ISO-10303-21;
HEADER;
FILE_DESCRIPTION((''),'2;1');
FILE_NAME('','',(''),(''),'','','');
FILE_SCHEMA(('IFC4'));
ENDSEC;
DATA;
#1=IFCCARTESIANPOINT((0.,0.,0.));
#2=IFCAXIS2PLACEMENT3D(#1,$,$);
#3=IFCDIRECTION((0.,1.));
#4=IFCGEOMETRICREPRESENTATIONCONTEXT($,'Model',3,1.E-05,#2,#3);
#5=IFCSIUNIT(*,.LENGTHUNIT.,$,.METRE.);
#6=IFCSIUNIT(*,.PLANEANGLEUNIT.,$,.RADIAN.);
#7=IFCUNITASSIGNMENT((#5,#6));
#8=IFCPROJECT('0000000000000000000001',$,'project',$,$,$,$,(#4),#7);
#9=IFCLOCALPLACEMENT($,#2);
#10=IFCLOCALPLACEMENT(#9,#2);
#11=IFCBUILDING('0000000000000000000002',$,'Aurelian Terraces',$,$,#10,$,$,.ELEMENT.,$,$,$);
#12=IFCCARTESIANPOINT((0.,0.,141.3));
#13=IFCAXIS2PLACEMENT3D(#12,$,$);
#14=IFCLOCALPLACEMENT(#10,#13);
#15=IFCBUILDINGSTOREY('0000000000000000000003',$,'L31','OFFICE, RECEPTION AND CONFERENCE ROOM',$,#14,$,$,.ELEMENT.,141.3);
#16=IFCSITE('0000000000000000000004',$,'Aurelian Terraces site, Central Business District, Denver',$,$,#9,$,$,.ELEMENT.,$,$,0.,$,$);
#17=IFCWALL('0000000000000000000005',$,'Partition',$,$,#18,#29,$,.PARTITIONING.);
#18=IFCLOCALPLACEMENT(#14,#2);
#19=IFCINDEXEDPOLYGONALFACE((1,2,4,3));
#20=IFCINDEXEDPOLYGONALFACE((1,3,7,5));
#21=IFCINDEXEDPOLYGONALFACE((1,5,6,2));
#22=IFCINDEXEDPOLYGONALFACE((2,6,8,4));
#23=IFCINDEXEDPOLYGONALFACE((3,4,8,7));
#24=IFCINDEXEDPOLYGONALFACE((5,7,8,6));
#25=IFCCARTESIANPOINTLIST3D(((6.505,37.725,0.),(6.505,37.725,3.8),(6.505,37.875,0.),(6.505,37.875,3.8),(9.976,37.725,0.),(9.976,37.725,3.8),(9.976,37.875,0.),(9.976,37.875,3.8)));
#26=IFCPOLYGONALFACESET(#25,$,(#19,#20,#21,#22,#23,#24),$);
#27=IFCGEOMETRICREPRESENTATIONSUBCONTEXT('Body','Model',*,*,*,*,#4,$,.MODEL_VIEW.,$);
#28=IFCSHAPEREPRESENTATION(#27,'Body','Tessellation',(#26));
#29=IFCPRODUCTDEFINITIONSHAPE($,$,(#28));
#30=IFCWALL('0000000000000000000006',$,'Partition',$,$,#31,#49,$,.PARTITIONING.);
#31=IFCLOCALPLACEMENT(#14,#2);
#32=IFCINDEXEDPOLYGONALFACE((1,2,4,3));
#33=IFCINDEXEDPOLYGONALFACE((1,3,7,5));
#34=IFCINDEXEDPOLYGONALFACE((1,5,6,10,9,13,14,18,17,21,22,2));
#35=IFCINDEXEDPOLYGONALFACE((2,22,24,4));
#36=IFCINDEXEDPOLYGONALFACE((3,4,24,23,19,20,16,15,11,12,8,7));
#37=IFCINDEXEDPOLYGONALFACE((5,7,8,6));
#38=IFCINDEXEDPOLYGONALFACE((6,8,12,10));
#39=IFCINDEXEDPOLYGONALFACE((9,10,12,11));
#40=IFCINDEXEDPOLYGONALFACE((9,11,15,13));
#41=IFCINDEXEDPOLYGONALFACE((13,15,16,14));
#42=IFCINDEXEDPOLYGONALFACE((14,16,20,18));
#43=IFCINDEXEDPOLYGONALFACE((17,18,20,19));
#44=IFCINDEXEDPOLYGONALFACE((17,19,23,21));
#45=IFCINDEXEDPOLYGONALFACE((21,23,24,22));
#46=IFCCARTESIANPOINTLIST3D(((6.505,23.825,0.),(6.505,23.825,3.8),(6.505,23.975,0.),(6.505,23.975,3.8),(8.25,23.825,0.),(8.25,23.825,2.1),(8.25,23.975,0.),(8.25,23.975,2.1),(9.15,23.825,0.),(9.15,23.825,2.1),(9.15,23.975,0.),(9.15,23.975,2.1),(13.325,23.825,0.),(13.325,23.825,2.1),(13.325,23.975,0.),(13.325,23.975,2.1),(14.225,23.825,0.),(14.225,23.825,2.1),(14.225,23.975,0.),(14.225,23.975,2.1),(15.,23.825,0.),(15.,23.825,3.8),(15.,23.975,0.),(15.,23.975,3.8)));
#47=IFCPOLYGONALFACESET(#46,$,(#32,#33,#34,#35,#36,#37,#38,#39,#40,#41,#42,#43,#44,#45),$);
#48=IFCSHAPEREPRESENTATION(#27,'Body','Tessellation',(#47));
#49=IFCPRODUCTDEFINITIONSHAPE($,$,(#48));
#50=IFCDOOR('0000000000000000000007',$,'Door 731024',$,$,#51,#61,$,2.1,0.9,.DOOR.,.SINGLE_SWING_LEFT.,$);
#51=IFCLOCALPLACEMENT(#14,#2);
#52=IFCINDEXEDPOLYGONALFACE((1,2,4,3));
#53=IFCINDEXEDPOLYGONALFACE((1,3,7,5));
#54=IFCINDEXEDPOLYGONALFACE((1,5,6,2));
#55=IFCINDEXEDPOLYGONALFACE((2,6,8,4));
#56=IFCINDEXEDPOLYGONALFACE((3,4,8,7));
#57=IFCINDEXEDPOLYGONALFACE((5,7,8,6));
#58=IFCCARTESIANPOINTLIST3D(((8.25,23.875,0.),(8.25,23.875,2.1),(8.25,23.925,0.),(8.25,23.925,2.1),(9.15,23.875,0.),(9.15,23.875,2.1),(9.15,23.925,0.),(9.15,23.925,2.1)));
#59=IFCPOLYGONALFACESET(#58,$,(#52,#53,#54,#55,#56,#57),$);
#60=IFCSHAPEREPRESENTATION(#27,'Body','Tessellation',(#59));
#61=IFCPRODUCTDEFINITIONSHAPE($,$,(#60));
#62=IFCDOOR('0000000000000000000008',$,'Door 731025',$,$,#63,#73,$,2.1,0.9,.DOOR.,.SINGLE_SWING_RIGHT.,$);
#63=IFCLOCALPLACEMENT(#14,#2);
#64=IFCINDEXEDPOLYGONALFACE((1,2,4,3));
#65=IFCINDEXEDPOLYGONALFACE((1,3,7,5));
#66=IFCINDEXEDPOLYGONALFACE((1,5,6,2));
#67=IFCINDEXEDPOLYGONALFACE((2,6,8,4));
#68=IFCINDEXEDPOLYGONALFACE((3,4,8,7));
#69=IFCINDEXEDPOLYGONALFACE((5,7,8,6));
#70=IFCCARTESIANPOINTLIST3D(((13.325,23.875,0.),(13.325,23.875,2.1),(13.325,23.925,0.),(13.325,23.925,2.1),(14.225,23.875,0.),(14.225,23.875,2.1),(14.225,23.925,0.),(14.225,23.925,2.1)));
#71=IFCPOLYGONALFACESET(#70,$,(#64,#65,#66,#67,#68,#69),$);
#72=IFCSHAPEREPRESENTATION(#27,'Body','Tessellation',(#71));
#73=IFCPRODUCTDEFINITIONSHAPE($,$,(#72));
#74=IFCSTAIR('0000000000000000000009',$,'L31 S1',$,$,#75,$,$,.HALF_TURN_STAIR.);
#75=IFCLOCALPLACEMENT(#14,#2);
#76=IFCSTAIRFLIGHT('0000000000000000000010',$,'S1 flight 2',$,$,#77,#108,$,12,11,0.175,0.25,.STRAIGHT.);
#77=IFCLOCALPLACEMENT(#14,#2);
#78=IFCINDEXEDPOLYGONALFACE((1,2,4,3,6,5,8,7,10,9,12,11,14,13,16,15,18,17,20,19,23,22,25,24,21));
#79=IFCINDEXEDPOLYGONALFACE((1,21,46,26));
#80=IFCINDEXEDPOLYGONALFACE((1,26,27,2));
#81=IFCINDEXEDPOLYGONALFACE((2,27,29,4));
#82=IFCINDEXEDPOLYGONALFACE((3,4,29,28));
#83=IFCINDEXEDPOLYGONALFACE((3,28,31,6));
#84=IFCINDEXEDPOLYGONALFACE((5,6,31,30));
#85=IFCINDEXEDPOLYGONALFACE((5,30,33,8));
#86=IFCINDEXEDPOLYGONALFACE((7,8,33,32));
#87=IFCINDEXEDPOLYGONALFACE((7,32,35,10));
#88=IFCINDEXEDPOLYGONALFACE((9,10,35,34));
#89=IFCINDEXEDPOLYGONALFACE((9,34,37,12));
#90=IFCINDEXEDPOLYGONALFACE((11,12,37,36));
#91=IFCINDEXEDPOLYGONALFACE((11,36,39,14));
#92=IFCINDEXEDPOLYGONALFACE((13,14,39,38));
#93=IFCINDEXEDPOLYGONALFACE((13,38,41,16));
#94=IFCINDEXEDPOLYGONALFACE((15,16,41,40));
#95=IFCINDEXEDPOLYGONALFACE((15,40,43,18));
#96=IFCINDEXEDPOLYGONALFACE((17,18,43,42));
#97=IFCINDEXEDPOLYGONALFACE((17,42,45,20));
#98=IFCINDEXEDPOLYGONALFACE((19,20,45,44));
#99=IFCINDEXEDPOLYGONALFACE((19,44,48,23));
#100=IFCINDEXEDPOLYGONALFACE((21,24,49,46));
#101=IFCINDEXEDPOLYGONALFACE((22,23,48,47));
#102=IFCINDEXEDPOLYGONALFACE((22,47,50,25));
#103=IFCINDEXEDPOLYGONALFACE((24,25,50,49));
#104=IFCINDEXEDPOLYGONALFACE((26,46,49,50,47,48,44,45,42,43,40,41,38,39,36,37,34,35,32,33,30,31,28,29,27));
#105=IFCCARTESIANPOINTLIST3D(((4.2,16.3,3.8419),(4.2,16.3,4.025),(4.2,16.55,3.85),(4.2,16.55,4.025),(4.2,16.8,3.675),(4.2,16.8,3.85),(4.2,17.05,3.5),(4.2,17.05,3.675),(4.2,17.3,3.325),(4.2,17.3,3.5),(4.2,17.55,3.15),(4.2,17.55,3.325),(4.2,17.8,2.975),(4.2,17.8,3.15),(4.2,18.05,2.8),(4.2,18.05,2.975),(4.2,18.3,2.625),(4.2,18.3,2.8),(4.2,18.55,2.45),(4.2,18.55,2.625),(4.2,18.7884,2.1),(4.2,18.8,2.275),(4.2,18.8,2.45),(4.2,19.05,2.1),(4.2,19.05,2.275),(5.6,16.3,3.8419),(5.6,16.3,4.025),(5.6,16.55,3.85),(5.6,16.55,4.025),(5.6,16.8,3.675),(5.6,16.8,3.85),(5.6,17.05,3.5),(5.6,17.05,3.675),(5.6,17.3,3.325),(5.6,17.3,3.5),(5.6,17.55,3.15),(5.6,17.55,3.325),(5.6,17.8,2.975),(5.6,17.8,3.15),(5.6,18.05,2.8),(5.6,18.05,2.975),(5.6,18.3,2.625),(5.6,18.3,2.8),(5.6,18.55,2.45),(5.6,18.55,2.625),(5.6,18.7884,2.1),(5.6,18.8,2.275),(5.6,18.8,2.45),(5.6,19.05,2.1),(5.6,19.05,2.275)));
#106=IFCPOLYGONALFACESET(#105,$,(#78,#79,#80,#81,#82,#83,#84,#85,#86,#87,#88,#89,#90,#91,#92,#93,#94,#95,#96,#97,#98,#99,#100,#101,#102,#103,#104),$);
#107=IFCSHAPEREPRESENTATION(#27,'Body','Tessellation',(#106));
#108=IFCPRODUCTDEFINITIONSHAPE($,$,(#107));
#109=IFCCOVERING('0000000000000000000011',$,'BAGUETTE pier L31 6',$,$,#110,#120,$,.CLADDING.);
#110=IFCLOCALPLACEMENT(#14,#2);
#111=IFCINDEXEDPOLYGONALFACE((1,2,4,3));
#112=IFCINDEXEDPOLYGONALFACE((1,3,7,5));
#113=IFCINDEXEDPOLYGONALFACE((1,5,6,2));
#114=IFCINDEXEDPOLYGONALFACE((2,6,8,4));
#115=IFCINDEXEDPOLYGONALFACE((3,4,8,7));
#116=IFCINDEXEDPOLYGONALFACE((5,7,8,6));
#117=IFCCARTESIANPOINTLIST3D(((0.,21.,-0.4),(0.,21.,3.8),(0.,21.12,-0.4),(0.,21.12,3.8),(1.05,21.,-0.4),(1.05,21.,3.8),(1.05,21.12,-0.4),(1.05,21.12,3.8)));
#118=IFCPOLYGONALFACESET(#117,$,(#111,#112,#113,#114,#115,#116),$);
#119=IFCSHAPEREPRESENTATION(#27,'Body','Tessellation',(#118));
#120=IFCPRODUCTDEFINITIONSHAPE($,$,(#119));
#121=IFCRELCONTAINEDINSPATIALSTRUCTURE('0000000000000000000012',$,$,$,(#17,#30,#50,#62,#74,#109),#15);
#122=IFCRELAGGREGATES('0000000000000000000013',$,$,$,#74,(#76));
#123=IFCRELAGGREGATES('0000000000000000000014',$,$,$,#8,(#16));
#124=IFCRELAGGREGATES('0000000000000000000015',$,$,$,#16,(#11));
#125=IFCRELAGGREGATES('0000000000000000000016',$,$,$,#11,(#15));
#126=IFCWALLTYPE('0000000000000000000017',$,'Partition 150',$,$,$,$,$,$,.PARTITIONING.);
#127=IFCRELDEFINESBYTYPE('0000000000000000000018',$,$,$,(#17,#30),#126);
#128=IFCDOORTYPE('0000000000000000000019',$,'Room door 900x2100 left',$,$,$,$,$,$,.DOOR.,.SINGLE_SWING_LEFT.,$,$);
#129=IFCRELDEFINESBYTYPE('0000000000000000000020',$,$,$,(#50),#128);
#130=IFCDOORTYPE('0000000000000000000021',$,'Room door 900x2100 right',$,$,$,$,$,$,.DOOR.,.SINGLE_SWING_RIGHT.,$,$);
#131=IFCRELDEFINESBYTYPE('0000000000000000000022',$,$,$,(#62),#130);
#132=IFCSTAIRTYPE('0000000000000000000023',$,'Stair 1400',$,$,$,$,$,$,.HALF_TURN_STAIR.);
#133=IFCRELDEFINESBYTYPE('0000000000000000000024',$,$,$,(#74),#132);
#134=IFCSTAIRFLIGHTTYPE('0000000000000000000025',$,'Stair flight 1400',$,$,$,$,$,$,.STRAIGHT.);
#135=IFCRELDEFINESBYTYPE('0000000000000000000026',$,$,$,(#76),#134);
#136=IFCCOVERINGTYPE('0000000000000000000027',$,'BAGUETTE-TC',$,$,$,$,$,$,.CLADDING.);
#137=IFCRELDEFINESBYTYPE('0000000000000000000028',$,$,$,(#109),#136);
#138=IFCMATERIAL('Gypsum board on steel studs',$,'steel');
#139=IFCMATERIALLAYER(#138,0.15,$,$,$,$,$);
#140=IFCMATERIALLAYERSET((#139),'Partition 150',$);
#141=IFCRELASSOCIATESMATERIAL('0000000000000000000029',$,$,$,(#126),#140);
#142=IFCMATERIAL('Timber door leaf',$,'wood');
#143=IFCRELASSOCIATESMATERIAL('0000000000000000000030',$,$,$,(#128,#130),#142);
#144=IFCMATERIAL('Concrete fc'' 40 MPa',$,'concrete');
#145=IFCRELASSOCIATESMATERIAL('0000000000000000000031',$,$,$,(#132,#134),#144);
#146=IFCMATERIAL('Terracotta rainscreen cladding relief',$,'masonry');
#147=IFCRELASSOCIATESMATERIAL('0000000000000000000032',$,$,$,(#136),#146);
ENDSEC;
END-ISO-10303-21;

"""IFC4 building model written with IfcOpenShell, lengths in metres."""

from ifc_helpers import new_model, si_unit, direction, frame, frame_2d, origin, origin_2d, place, context, subcontext, project, spatial, polyline, rectangle, outline, extrude, source, transform, mapped, material, layer, layer_set, type_object, element, fill, aggregate, save


model = new_model("IFC4")

# Units and contexts
model_context = context("Model", 3, precision=1e-05, world=origin(), true_north=direction((0.0, 1.0)))
body_context = subcontext(model_context, "Body", "Model", "MODEL_VIEW")
ifc_project = project(units=[si_unit("LENGTHUNIT", "METRE"), si_unit("PLANEANGLEUNIT", "RADIAN")], contexts=[model_context])

# Site, building, storey
site_placement = place(None, origin())
site = spatial("IfcSite", under=ifc_project, at=site_placement, Name="Aurelian Terraces site, Central Business District, Denver", CompositionType="ELEMENT", RefElevation=0.0)
building_placement = place(site_placement, origin())
building = spatial("IfcBuilding", under=site, at=building_placement, Name="Aurelian Terraces", CompositionType="ELEMENT")
storey_placement = place(building_placement, frame((0.0, 0.0, 141.3)))
storey = spatial("IfcBuildingStorey", under=building, at=storey_placement, Name="L31", Description="OFFICE, RECEPTION AND CONFERENCE ROOM", CompositionType="ELEMENT", Elevation=141.3)

# Shared definitions
ifc_material_1 = material(Name="Concrete fc' 40 MPa", Category="concrete")

# Shared definitions
ifc_material_2 = material(Name="Gypsum board on steel studs", Category="steel")
shared_shape_1 = source(origin(), body_context, "Body", "SweptSolid", [
    extrude(rectangle(XDim=0.9, YDim=2.1, at=frame_2d((0.45, 1.05))), frame((0.0, 0.025, 0.0), z_axis=(0.0, -1.0, 0.0), x_axis=(1.0, 0.0, 0.0)), (0.0, 0.0, 1.0), 0.05),
])

# Wall
ifc_layer_1 = layer(ifc_material_2, 0.15)
ifc_layer_set_1 = layer_set([ifc_layer_1], Name="Partition 150")
wall_type_1 = type_object("IfcWallType", Name="Partition 150", PredefinedType="PARTITIONING", material=ifc_layer_set_1)
shared_shape_2 = source(origin(), body_context, "Body", "SweptSolid", [
    extrude(rectangle(XDim=3.471, YDim=0.15, at=frame_2d((1.7355, 0.0))), origin(), (0.0, 0.0, 1.0), 3.8),
])
for number, where, z_axis, x_axis, name in (
    (1, (9.976, 37.8, 0.0), (0.0, 0.0, 1.0), (-1.0, 0.0, 0.0), "Partition"),
):
    element("IfcWall", number, at=place(storey_placement, frame(where, z_axis=z_axis, x_axis=x_axis)), inside=storey, type_object=wall_type_1, Name=name, PredefinedType="PARTITIONING", context=body_context, shape_type="MappedRepresentation", body=[
        mapped(shared_shape_2, transform((0.0, 0.0, 0.0), scale=1.0)),
    ])

# Wall, openings, doors
shared_shape_3 = source(origin(), body_context, "Body", "SweptSolid", [
    extrude(rectangle(XDim=8.495, YDim=0.15, at=frame_2d((4.2475, 0.0))), origin(), (0.0, 0.0, 1.0), 3.8),
])
wall_1_placement = place(storey_placement, frame((6.505, 23.9, 0.0), z_axis=(0.0, 0.0, 1.0), x_axis=(1.0, 0.0, 0.0)))
wall_1 = element("IfcWall", 2, at=wall_1_placement, inside=storey, type_object=wall_type_1, Name="Partition", PredefinedType="PARTITIONING", context=body_context, shape_type="MappedRepresentation", body=[
    mapped(shared_shape_3, transform((0.0, 0.0, 0.0), scale=1.0)),
])
shared_shape_4 = source(origin(), body_context, "Body", "SweptSolid", [
    extrude(rectangle(XDim=0.9, YDim=2.1, at=frame_2d((0.45, 1.05))), frame((0.0, 0.085, 0.0), z_axis=(0.0, -1.0, 0.0), x_axis=(1.0, 0.0, 0.0)), (0.0, 0.0, 1.0), 0.17),
])
opening_1_placement = place(wall_1_placement, frame((1.745, 0.0, 0.0)))
opening_1 = element("IfcOpeningElement", 3, at=opening_1_placement, cuts=wall_1, PredefinedType="OPENING", context=body_context, shape_type="MappedRepresentation", body=[
    mapped(shared_shape_4, transform((0.0, 0.0, 0.0), scale=1.0)),
])
opening_2_placement = place(wall_1_placement, frame((6.82, 0.0, 0.0)))
opening_2 = element("IfcOpeningElement", 4, at=opening_2_placement, cuts=wall_1, PredefinedType="OPENING", context=body_context, shape_type="MappedRepresentation", body=[
    mapped(shared_shape_4, transform((0.0, 0.0, 0.0), scale=1.0)),
])
ifc_material_3 = material(Name="Timber door leaf", Category="wood")
door_type_1 = type_object("IfcDoorType", Name="Room door 900x2100 left", OperationType="SINGLE_SWING_LEFT", PredefinedType="DOOR", material=ifc_material_3)
door_1_placement = place(opening_1_placement, origin())
door_1 = element("IfcDoor", 5, at=door_1_placement, inside=storey, type_object=door_type_1, Name="Door 731024", OperationType="SINGLE_SWING_LEFT", OverallHeight=2.1, OverallWidth=0.9, PredefinedType="DOOR", context=body_context, shape_type="MappedRepresentation", body=[
    mapped(shared_shape_1, transform((0.0, 0.0, 0.0), scale=1.0)),
])
fill(opening_1, door_1)
door_type_2 = type_object("IfcDoorType", Name="Room door 900x2100 right", OperationType="SINGLE_SWING_RIGHT", PredefinedType="DOOR", material=ifc_material_3)
door_2_placement = place(opening_2_placement, origin())
door_2 = element("IfcDoor", 6, at=door_2_placement, inside=storey, type_object=door_type_2, Name="Door 731025", OperationType="SINGLE_SWING_RIGHT", OverallHeight=2.1, OverallWidth=0.9, PredefinedType="DOOR", context=body_context, shape_type="MappedRepresentation", body=[
    mapped(shared_shape_1, transform((0.0, 0.0, 0.0), scale=1.0)),
])
fill(opening_2, door_2)

# Stair, stair flight
stair_type = type_object("IfcStairType", Name="Stair 1400", PredefinedType="HALF_TURN_STAIR", material=ifc_material_1)
stair_placement = place(storey_placement, origin())
stair = element("IfcStair", 7, at=stair_placement, inside=storey, type_object=stair_type, Name="L31 S1", PredefinedType="HALF_TURN_STAIR")
stair_flight_type = type_object("IfcStairFlightType", Name="Stair flight 1400", PredefinedType="STRAIGHT", material=ifc_material_1)
shared_shape_5 = source(origin(), body_context, "Body", "SweptSolid", [
    extrude(outline(polyline([(0.0, 0.0), (0.0, 0.175), (0.25, 0.175), (0.25, 0.35), (0.5, 0.35), (0.5, 0.525), (0.75, 0.525), (0.75, 0.7), (1.0, 0.7), (1.0, 0.875), (1.25, 0.875), (1.25, 1.05), (1.5, 1.05), (1.5, 1.225), (1.75, 1.225), (1.75, 1.4), (2.0, 1.4), (2.0, 1.575), (2.25, 1.575), (2.25, 1.75), (2.5, 1.75), (2.5, 1.925), (2.75, 1.925), (2.75, 2.1), (2.75, 1.7419), (0.2616, 0.0), (0.0, 0.0)])), frame((0.0, 0.7, 0.0), z_axis=(0.0, -1.0, 0.0), x_axis=(1.0, 0.0, 0.0)), (0.0, 0.0, 1.0), 1.4),
])
stair_flight_placement = place(storey_placement, frame((4.9, 19.05, 2.1), z_axis=(0.0, 0.0, 1.0), x_axis=(0.0, -1.0, 0.0)))
stair_flight = element("IfcStairFlight", 8, at=stair_flight_placement, type_object=stair_flight_type, Name="S1 flight 2", NumberOfRisers=12, NumberOfTreads=11, PredefinedType="STRAIGHT", RiserHeight=0.175, TreadLength=0.25, context=body_context, shape_type="MappedRepresentation", body=[
    mapped(shared_shape_5, transform((0.0, 0.0, 0.0), scale=1.0)),
])
aggregate(stair, [stair_flight])

# Covering
ifc_material_4 = material(Name="Terracotta rainscreen cladding relief", Category="masonry")
covering_type = type_object("IfcCoveringType", Name="BAGUETTE-TC", PredefinedType="CLADDING", material=ifc_material_4)
shared_shape_6 = source(origin(), body_context, "Body", "SweptSolid", [
    extrude(rectangle(XDim=1.05, YDim=0.12, at=origin_2d()), origin(), (0.0, 0.0, 1.0), 4.2),
])
covering_placement = place(storey_placement, frame((0.525, 21.06, -0.4), z_axis=(0.0, 0.0, 1.0), x_axis=(1.0, 0.0, 0.0)))
element("IfcCovering", 9, at=covering_placement, inside=storey, type_object=covering_type, Name="BAGUETTE pier L31 6", PredefinedType="CLADDING", context=body_context, shape_type="MappedRepresentation", body=[
    mapped(shared_shape_6, transform((0.0, 0.0, 0.0), scale=1.0)),
])

save(model, "model.ifc")
